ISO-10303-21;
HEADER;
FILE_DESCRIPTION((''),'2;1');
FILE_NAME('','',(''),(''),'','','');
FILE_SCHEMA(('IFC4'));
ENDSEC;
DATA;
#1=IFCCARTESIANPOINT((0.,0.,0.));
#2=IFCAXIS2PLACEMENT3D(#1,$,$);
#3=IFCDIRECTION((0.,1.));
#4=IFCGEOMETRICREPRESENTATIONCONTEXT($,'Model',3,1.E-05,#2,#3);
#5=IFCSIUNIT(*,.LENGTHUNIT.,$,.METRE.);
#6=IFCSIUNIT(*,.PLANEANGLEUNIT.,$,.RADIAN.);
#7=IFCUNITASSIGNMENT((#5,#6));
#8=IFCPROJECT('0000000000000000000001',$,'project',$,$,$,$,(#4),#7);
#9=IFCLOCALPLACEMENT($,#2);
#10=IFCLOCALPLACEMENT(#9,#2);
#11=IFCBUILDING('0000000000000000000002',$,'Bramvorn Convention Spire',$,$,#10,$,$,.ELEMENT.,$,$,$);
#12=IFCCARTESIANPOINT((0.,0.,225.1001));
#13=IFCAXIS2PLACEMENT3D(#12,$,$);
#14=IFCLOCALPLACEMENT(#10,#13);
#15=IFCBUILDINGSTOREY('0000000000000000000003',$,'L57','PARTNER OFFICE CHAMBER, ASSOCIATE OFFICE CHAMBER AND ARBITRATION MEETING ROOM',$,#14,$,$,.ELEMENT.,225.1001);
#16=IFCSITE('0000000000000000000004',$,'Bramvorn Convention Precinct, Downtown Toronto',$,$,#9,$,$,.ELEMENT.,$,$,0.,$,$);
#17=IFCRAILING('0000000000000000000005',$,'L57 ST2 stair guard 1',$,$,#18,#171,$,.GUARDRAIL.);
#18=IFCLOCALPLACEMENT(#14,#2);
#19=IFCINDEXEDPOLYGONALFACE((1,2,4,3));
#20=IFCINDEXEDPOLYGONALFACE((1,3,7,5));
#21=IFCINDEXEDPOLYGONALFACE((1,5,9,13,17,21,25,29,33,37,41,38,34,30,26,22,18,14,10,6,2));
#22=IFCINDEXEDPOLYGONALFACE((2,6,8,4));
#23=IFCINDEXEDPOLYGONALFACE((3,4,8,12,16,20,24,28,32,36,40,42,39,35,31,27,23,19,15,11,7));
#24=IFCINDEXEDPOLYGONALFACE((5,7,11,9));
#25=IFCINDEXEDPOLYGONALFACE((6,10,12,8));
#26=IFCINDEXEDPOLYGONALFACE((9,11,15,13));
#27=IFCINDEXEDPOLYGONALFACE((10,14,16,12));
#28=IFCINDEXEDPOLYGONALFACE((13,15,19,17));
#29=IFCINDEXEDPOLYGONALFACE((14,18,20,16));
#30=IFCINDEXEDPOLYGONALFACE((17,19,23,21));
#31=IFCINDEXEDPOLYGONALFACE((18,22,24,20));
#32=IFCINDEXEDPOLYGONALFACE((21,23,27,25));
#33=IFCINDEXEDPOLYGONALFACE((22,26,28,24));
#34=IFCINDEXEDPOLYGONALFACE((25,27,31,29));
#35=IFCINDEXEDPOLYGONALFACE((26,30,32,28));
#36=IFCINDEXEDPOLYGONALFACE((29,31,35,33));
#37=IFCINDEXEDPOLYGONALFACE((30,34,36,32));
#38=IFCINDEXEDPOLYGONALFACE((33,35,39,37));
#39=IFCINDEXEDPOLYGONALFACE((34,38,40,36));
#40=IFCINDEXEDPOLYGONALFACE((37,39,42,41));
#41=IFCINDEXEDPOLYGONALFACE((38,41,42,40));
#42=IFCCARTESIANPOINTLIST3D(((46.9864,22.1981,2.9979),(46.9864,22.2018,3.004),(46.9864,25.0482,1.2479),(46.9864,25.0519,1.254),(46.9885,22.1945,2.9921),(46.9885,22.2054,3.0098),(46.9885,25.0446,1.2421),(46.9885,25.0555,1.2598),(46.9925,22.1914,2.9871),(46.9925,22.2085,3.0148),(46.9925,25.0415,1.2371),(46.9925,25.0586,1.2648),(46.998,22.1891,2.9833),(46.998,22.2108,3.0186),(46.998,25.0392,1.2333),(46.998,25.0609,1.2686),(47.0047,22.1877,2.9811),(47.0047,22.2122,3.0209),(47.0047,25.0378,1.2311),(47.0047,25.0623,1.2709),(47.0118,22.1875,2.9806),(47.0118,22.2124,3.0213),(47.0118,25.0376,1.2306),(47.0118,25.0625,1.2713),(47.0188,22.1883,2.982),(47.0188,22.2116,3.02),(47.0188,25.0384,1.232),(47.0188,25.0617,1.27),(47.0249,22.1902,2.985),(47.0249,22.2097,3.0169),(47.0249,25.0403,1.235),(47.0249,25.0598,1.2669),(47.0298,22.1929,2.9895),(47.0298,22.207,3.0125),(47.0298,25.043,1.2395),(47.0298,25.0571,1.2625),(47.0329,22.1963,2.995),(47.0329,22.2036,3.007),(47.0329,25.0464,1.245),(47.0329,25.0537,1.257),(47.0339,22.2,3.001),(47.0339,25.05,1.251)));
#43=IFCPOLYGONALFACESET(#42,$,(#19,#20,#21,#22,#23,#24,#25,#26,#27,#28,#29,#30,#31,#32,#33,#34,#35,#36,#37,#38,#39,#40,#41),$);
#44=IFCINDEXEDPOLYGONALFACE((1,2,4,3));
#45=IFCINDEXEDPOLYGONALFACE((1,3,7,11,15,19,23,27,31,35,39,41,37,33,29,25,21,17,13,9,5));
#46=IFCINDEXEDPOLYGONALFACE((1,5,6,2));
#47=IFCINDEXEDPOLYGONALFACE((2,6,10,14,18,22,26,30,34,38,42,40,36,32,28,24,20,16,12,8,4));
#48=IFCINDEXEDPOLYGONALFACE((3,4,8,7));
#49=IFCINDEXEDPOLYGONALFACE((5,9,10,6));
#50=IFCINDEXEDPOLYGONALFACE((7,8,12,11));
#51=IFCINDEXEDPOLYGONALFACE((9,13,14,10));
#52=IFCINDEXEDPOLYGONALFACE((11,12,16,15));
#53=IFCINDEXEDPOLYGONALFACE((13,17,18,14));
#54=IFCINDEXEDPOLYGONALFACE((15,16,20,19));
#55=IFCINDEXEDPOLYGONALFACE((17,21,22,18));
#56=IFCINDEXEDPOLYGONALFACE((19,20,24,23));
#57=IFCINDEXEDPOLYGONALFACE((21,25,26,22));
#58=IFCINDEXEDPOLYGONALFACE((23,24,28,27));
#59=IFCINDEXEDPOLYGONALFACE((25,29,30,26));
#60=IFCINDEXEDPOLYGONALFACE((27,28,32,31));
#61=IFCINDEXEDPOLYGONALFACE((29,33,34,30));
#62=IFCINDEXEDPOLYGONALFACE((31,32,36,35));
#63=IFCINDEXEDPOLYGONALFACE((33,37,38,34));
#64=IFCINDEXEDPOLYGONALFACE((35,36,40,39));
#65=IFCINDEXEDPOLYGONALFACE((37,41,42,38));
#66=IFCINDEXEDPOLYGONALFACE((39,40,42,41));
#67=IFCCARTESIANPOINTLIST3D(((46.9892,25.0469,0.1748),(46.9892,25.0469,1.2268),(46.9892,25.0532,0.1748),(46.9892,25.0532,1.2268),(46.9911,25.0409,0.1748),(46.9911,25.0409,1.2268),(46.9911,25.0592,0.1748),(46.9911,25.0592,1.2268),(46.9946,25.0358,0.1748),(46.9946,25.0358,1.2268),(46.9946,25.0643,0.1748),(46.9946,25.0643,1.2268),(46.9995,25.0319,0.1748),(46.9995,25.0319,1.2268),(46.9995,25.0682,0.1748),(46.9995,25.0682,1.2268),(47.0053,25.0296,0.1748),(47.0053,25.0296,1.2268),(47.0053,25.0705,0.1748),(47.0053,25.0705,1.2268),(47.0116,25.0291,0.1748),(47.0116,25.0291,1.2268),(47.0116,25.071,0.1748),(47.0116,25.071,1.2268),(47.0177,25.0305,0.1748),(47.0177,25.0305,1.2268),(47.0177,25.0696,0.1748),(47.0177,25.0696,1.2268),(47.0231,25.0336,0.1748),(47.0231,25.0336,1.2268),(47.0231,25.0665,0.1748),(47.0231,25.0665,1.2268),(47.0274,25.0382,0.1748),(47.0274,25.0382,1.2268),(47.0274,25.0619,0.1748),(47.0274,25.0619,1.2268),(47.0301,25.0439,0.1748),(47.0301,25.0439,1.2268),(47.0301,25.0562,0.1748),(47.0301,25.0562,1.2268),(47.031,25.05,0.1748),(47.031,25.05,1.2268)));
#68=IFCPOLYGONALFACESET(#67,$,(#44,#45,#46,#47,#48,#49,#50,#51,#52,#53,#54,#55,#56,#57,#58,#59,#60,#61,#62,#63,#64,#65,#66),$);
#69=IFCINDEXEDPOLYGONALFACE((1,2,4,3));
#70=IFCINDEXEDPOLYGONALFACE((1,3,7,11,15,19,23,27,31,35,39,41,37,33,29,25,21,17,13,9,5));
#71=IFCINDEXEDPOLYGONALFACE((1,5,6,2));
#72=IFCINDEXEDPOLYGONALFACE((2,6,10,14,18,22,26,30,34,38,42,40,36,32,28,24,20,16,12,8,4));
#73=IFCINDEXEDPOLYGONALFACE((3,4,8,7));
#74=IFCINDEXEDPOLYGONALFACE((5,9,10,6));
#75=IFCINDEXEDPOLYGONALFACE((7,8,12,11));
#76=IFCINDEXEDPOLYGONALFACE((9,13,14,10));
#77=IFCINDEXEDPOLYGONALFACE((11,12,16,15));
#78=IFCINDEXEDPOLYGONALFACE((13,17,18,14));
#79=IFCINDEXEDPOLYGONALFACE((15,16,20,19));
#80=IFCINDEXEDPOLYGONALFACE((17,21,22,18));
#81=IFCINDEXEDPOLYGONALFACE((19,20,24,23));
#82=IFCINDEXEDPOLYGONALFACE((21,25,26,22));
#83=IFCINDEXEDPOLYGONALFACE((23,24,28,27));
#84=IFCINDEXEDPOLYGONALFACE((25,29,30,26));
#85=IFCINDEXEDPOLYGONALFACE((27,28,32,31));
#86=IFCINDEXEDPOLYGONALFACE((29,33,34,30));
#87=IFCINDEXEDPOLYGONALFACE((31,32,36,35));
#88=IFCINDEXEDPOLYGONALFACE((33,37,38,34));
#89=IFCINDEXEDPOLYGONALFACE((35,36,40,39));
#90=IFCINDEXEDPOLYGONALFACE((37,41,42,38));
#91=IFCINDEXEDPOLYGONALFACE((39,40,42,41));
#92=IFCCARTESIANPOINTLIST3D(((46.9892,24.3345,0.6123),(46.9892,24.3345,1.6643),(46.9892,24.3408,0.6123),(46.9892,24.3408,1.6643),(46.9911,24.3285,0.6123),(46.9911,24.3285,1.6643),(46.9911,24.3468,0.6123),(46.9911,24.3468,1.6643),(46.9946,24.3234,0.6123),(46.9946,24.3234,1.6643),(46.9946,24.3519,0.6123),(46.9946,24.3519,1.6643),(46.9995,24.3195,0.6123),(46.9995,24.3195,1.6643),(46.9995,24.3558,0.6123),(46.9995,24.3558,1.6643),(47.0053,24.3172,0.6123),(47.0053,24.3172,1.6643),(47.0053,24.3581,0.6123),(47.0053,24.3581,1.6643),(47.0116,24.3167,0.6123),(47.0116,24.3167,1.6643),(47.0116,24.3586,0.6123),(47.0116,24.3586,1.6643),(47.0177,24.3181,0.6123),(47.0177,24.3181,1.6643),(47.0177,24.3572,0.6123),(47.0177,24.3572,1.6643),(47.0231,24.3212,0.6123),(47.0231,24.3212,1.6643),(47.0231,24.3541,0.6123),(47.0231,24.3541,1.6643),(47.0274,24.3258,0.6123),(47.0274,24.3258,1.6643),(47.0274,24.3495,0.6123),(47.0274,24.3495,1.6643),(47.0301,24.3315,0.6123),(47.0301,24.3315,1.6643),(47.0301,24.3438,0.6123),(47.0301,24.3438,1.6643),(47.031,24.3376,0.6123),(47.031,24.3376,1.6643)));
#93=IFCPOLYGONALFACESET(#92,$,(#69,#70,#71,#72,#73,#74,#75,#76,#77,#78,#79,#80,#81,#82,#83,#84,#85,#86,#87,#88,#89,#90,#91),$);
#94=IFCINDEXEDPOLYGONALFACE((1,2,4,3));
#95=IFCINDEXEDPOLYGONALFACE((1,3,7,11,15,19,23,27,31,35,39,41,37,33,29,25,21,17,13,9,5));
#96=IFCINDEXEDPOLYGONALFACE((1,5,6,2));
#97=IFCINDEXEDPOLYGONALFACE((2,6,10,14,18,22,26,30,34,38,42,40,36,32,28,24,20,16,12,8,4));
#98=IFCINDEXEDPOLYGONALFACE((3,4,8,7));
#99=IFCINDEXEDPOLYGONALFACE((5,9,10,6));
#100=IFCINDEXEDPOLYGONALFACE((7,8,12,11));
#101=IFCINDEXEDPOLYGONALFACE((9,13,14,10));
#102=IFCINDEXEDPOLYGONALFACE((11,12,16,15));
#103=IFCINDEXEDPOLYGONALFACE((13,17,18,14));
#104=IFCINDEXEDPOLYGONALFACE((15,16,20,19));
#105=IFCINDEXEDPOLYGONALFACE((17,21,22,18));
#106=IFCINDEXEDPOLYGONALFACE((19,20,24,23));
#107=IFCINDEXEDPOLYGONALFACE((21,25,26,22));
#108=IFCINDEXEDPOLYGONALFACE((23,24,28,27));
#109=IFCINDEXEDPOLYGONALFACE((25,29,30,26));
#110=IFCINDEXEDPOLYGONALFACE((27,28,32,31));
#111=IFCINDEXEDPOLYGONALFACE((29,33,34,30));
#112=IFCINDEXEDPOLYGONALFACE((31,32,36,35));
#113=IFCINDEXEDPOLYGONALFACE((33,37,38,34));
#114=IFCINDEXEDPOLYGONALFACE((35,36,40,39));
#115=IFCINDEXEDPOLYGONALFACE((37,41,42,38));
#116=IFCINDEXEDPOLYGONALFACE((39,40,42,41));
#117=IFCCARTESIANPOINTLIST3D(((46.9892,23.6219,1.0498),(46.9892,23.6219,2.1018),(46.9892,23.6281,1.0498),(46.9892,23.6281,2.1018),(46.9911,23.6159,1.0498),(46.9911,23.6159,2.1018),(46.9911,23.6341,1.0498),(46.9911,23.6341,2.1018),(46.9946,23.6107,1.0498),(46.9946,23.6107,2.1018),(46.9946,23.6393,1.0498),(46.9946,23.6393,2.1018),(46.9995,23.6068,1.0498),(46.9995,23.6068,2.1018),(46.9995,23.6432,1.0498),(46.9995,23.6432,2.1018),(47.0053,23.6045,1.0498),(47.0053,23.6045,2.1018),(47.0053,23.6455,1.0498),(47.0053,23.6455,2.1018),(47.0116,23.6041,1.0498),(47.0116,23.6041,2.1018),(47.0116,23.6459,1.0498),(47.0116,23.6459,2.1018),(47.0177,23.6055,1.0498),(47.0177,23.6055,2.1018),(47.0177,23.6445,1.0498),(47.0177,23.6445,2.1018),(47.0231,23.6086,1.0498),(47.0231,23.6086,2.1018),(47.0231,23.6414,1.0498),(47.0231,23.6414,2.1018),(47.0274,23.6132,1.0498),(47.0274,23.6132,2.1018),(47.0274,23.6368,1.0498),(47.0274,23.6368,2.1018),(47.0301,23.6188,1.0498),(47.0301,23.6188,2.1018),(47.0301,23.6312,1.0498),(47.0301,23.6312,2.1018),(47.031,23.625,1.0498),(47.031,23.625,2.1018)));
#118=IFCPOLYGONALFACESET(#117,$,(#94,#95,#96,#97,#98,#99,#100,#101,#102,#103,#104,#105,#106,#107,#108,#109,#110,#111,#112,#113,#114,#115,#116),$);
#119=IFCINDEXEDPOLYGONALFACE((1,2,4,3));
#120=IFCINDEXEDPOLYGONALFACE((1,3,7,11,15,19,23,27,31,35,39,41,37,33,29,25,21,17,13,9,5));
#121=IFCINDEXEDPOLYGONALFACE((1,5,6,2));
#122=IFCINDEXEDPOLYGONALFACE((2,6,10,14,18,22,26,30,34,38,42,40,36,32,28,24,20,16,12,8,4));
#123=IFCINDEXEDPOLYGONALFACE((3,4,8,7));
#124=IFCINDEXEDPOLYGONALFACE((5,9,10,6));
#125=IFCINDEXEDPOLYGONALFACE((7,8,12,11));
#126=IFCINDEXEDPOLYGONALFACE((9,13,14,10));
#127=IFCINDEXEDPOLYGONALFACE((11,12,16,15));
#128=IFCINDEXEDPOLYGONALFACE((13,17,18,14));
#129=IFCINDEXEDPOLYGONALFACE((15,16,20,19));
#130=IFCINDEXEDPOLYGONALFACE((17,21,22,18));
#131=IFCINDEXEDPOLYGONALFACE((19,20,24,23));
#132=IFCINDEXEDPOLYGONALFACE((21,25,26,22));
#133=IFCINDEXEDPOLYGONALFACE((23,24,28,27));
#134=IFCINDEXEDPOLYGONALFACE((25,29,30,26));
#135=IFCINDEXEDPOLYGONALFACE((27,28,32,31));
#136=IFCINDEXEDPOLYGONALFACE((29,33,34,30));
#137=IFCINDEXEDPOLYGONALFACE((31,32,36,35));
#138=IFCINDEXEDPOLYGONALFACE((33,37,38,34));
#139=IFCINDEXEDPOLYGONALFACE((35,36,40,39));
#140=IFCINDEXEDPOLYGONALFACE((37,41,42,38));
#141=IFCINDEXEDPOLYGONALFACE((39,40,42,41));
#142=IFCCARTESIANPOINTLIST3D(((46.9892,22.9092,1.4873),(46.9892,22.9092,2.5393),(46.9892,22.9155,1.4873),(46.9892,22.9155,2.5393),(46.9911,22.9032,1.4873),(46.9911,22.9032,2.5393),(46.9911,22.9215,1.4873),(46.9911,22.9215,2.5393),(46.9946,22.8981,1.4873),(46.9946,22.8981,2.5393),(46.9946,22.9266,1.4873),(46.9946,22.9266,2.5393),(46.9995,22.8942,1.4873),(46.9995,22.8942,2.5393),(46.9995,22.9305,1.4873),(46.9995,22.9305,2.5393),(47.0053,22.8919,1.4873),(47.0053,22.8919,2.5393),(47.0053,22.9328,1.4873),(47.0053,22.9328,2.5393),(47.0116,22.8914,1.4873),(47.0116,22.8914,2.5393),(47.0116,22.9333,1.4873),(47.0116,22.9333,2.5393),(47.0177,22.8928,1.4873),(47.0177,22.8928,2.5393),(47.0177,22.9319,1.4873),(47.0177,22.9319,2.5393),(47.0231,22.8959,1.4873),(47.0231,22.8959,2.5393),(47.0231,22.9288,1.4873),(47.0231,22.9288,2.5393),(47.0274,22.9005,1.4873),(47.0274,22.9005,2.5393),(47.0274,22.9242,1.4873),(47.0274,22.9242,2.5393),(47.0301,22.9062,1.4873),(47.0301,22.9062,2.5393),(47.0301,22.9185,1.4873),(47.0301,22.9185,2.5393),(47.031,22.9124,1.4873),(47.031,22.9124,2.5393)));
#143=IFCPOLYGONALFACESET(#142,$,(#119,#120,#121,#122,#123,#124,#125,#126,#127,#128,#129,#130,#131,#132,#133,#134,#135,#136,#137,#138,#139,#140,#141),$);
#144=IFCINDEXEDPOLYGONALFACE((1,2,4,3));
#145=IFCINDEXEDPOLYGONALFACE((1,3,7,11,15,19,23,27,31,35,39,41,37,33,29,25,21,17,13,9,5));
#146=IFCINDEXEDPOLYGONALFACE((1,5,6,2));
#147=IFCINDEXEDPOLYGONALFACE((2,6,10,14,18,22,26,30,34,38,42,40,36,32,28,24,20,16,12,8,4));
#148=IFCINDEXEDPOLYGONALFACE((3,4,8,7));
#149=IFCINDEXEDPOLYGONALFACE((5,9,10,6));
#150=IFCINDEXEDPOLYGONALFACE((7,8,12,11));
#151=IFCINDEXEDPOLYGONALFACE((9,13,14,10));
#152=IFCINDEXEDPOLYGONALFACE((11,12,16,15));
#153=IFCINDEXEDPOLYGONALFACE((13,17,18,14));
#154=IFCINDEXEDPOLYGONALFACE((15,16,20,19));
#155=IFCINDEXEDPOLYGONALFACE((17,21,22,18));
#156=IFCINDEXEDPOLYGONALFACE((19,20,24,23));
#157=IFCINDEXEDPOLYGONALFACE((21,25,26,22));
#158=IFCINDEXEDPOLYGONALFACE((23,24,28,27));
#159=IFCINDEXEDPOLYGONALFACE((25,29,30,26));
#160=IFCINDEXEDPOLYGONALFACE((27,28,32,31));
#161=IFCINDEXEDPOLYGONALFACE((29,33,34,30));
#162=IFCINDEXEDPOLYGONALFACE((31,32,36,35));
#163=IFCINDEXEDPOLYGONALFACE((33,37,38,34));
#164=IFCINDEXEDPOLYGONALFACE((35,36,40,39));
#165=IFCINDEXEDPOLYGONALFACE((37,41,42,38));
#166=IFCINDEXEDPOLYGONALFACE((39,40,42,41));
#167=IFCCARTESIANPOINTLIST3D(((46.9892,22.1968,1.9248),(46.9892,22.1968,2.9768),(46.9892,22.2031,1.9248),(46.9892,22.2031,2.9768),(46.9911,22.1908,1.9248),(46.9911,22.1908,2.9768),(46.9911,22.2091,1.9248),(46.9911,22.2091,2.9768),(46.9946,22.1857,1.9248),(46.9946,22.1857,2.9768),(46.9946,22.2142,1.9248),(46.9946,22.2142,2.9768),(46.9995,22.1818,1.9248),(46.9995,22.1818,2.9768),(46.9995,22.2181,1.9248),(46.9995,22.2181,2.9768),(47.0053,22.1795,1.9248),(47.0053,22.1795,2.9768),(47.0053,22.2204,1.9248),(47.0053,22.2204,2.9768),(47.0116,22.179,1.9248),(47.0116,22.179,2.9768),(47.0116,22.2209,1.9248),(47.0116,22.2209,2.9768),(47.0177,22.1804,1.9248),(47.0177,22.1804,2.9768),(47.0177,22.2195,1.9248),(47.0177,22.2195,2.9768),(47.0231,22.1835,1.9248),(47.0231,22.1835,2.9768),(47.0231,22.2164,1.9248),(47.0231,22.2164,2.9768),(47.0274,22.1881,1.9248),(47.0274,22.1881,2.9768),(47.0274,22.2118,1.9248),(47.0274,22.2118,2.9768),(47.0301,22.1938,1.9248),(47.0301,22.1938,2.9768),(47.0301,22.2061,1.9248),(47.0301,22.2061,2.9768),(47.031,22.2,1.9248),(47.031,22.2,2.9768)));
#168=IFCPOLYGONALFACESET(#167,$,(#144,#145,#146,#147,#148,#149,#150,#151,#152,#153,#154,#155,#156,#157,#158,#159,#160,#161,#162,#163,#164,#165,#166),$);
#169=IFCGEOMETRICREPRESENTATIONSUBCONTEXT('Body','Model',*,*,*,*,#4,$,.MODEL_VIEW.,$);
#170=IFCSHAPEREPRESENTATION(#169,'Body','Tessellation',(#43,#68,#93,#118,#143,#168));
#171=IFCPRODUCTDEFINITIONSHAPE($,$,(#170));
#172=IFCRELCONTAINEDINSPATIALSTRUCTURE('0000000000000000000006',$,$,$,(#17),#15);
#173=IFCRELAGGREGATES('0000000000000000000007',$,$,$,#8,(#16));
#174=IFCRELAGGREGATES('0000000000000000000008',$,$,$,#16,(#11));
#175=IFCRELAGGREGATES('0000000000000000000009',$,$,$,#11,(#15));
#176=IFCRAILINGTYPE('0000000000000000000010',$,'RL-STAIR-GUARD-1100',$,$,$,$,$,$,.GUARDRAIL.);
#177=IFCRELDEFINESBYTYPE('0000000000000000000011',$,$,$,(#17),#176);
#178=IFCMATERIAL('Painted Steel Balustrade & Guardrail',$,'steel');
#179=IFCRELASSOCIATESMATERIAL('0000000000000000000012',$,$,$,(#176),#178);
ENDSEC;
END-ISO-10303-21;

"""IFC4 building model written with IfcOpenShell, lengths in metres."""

from ifc_helpers import new_model, si_unit, direction, frame, origin, origin_2d, place, context, subcontext, project, spatial, circle, extrude, material, type_object, element, save


model = new_model("IFC4")

# Units and contexts
model_context = context("Model", 3, precision=1e-05, world=origin(), true_north=direction((0.0, 1.0)))
body_context = subcontext(model_context, "Body", "Model", "MODEL_VIEW")
ifc_project = project(units=[si_unit("LENGTHUNIT", "METRE"), si_unit("PLANEANGLEUNIT", "RADIAN")], contexts=[model_context])

# Site, building, storey
site_placement = place(None, origin())
site = spatial("IfcSite", under=ifc_project, at=site_placement, Name="Bramvorn Convention Precinct, Downtown Toronto", CompositionType="ELEMENT", RefElevation=0.0)
building_placement = place(site_placement, origin())
building = spatial("IfcBuilding", under=site, at=building_placement, Name="Bramvorn Convention Spire", CompositionType="ELEMENT")
storey_placement = place(building_placement, frame((0.0, 0.0, 225.1001)))
storey = spatial("IfcBuildingStorey", under=building, at=storey_placement, Name="L57", Description="PARTNER OFFICE CHAMBER, ASSOCIATE OFFICE CHAMBER AND ARBITRATION MEETING ROOM", CompositionType="ELEMENT", Elevation=225.1001)

# Railing
ifc_material_1 = material(Name="Painted Steel Balustrade & Guardrail", Category="steel")
railing_type_1 = type_object("IfcRailingType", Name="RL-STAIR-GUARD-1100", PredefinedType="GUARDRAIL", material=ifc_material_1)
railing_1_placement = place(storey_placement, frame((47.01, 25.05, 0.1748)))
element("IfcRailing", 1, at=railing_1_placement, inside=storey, type_object=railing_type_1, Name="L57 ST2 stair guard 1", PredefinedType="GUARDRAIL", context=body_context, shape_type="SweptSolid", body=[
    extrude(circle(Radius=0.0239, at=origin_2d()), frame((0.0, 0.0, 1.0762), z_axis=(0.0, -0.852179, 0.52325), x_axis=(1.0, 0.0, 0.0)), (0.0, 0.0, 1.0), 3.3445),
    extrude(circle(Radius=0.021, at=origin_2d()), origin(), (0.0, 0.0, 1.0), 1.052),
    extrude(circle(Radius=0.021, at=origin_2d()), frame((0.0, -0.7124, 0.4375)), (0.0, 0.0, 1.0), 1.052),
    extrude(circle(Radius=0.021, at=origin_2d()), frame((0.0, -1.425, 0.875)), (0.0, 0.0, 1.0), 1.052),
    extrude(circle(Radius=0.021, at=origin_2d()), frame((0.0, -2.1377, 1.3125)), (0.0, 0.0, 1.0), 1.052),
    extrude(circle(Radius=0.021, at=origin_2d()), frame((0.0, -2.8501, 1.75)), (0.0, 0.0, 1.0), 1.052),
])

save(model, "model.ifc")
